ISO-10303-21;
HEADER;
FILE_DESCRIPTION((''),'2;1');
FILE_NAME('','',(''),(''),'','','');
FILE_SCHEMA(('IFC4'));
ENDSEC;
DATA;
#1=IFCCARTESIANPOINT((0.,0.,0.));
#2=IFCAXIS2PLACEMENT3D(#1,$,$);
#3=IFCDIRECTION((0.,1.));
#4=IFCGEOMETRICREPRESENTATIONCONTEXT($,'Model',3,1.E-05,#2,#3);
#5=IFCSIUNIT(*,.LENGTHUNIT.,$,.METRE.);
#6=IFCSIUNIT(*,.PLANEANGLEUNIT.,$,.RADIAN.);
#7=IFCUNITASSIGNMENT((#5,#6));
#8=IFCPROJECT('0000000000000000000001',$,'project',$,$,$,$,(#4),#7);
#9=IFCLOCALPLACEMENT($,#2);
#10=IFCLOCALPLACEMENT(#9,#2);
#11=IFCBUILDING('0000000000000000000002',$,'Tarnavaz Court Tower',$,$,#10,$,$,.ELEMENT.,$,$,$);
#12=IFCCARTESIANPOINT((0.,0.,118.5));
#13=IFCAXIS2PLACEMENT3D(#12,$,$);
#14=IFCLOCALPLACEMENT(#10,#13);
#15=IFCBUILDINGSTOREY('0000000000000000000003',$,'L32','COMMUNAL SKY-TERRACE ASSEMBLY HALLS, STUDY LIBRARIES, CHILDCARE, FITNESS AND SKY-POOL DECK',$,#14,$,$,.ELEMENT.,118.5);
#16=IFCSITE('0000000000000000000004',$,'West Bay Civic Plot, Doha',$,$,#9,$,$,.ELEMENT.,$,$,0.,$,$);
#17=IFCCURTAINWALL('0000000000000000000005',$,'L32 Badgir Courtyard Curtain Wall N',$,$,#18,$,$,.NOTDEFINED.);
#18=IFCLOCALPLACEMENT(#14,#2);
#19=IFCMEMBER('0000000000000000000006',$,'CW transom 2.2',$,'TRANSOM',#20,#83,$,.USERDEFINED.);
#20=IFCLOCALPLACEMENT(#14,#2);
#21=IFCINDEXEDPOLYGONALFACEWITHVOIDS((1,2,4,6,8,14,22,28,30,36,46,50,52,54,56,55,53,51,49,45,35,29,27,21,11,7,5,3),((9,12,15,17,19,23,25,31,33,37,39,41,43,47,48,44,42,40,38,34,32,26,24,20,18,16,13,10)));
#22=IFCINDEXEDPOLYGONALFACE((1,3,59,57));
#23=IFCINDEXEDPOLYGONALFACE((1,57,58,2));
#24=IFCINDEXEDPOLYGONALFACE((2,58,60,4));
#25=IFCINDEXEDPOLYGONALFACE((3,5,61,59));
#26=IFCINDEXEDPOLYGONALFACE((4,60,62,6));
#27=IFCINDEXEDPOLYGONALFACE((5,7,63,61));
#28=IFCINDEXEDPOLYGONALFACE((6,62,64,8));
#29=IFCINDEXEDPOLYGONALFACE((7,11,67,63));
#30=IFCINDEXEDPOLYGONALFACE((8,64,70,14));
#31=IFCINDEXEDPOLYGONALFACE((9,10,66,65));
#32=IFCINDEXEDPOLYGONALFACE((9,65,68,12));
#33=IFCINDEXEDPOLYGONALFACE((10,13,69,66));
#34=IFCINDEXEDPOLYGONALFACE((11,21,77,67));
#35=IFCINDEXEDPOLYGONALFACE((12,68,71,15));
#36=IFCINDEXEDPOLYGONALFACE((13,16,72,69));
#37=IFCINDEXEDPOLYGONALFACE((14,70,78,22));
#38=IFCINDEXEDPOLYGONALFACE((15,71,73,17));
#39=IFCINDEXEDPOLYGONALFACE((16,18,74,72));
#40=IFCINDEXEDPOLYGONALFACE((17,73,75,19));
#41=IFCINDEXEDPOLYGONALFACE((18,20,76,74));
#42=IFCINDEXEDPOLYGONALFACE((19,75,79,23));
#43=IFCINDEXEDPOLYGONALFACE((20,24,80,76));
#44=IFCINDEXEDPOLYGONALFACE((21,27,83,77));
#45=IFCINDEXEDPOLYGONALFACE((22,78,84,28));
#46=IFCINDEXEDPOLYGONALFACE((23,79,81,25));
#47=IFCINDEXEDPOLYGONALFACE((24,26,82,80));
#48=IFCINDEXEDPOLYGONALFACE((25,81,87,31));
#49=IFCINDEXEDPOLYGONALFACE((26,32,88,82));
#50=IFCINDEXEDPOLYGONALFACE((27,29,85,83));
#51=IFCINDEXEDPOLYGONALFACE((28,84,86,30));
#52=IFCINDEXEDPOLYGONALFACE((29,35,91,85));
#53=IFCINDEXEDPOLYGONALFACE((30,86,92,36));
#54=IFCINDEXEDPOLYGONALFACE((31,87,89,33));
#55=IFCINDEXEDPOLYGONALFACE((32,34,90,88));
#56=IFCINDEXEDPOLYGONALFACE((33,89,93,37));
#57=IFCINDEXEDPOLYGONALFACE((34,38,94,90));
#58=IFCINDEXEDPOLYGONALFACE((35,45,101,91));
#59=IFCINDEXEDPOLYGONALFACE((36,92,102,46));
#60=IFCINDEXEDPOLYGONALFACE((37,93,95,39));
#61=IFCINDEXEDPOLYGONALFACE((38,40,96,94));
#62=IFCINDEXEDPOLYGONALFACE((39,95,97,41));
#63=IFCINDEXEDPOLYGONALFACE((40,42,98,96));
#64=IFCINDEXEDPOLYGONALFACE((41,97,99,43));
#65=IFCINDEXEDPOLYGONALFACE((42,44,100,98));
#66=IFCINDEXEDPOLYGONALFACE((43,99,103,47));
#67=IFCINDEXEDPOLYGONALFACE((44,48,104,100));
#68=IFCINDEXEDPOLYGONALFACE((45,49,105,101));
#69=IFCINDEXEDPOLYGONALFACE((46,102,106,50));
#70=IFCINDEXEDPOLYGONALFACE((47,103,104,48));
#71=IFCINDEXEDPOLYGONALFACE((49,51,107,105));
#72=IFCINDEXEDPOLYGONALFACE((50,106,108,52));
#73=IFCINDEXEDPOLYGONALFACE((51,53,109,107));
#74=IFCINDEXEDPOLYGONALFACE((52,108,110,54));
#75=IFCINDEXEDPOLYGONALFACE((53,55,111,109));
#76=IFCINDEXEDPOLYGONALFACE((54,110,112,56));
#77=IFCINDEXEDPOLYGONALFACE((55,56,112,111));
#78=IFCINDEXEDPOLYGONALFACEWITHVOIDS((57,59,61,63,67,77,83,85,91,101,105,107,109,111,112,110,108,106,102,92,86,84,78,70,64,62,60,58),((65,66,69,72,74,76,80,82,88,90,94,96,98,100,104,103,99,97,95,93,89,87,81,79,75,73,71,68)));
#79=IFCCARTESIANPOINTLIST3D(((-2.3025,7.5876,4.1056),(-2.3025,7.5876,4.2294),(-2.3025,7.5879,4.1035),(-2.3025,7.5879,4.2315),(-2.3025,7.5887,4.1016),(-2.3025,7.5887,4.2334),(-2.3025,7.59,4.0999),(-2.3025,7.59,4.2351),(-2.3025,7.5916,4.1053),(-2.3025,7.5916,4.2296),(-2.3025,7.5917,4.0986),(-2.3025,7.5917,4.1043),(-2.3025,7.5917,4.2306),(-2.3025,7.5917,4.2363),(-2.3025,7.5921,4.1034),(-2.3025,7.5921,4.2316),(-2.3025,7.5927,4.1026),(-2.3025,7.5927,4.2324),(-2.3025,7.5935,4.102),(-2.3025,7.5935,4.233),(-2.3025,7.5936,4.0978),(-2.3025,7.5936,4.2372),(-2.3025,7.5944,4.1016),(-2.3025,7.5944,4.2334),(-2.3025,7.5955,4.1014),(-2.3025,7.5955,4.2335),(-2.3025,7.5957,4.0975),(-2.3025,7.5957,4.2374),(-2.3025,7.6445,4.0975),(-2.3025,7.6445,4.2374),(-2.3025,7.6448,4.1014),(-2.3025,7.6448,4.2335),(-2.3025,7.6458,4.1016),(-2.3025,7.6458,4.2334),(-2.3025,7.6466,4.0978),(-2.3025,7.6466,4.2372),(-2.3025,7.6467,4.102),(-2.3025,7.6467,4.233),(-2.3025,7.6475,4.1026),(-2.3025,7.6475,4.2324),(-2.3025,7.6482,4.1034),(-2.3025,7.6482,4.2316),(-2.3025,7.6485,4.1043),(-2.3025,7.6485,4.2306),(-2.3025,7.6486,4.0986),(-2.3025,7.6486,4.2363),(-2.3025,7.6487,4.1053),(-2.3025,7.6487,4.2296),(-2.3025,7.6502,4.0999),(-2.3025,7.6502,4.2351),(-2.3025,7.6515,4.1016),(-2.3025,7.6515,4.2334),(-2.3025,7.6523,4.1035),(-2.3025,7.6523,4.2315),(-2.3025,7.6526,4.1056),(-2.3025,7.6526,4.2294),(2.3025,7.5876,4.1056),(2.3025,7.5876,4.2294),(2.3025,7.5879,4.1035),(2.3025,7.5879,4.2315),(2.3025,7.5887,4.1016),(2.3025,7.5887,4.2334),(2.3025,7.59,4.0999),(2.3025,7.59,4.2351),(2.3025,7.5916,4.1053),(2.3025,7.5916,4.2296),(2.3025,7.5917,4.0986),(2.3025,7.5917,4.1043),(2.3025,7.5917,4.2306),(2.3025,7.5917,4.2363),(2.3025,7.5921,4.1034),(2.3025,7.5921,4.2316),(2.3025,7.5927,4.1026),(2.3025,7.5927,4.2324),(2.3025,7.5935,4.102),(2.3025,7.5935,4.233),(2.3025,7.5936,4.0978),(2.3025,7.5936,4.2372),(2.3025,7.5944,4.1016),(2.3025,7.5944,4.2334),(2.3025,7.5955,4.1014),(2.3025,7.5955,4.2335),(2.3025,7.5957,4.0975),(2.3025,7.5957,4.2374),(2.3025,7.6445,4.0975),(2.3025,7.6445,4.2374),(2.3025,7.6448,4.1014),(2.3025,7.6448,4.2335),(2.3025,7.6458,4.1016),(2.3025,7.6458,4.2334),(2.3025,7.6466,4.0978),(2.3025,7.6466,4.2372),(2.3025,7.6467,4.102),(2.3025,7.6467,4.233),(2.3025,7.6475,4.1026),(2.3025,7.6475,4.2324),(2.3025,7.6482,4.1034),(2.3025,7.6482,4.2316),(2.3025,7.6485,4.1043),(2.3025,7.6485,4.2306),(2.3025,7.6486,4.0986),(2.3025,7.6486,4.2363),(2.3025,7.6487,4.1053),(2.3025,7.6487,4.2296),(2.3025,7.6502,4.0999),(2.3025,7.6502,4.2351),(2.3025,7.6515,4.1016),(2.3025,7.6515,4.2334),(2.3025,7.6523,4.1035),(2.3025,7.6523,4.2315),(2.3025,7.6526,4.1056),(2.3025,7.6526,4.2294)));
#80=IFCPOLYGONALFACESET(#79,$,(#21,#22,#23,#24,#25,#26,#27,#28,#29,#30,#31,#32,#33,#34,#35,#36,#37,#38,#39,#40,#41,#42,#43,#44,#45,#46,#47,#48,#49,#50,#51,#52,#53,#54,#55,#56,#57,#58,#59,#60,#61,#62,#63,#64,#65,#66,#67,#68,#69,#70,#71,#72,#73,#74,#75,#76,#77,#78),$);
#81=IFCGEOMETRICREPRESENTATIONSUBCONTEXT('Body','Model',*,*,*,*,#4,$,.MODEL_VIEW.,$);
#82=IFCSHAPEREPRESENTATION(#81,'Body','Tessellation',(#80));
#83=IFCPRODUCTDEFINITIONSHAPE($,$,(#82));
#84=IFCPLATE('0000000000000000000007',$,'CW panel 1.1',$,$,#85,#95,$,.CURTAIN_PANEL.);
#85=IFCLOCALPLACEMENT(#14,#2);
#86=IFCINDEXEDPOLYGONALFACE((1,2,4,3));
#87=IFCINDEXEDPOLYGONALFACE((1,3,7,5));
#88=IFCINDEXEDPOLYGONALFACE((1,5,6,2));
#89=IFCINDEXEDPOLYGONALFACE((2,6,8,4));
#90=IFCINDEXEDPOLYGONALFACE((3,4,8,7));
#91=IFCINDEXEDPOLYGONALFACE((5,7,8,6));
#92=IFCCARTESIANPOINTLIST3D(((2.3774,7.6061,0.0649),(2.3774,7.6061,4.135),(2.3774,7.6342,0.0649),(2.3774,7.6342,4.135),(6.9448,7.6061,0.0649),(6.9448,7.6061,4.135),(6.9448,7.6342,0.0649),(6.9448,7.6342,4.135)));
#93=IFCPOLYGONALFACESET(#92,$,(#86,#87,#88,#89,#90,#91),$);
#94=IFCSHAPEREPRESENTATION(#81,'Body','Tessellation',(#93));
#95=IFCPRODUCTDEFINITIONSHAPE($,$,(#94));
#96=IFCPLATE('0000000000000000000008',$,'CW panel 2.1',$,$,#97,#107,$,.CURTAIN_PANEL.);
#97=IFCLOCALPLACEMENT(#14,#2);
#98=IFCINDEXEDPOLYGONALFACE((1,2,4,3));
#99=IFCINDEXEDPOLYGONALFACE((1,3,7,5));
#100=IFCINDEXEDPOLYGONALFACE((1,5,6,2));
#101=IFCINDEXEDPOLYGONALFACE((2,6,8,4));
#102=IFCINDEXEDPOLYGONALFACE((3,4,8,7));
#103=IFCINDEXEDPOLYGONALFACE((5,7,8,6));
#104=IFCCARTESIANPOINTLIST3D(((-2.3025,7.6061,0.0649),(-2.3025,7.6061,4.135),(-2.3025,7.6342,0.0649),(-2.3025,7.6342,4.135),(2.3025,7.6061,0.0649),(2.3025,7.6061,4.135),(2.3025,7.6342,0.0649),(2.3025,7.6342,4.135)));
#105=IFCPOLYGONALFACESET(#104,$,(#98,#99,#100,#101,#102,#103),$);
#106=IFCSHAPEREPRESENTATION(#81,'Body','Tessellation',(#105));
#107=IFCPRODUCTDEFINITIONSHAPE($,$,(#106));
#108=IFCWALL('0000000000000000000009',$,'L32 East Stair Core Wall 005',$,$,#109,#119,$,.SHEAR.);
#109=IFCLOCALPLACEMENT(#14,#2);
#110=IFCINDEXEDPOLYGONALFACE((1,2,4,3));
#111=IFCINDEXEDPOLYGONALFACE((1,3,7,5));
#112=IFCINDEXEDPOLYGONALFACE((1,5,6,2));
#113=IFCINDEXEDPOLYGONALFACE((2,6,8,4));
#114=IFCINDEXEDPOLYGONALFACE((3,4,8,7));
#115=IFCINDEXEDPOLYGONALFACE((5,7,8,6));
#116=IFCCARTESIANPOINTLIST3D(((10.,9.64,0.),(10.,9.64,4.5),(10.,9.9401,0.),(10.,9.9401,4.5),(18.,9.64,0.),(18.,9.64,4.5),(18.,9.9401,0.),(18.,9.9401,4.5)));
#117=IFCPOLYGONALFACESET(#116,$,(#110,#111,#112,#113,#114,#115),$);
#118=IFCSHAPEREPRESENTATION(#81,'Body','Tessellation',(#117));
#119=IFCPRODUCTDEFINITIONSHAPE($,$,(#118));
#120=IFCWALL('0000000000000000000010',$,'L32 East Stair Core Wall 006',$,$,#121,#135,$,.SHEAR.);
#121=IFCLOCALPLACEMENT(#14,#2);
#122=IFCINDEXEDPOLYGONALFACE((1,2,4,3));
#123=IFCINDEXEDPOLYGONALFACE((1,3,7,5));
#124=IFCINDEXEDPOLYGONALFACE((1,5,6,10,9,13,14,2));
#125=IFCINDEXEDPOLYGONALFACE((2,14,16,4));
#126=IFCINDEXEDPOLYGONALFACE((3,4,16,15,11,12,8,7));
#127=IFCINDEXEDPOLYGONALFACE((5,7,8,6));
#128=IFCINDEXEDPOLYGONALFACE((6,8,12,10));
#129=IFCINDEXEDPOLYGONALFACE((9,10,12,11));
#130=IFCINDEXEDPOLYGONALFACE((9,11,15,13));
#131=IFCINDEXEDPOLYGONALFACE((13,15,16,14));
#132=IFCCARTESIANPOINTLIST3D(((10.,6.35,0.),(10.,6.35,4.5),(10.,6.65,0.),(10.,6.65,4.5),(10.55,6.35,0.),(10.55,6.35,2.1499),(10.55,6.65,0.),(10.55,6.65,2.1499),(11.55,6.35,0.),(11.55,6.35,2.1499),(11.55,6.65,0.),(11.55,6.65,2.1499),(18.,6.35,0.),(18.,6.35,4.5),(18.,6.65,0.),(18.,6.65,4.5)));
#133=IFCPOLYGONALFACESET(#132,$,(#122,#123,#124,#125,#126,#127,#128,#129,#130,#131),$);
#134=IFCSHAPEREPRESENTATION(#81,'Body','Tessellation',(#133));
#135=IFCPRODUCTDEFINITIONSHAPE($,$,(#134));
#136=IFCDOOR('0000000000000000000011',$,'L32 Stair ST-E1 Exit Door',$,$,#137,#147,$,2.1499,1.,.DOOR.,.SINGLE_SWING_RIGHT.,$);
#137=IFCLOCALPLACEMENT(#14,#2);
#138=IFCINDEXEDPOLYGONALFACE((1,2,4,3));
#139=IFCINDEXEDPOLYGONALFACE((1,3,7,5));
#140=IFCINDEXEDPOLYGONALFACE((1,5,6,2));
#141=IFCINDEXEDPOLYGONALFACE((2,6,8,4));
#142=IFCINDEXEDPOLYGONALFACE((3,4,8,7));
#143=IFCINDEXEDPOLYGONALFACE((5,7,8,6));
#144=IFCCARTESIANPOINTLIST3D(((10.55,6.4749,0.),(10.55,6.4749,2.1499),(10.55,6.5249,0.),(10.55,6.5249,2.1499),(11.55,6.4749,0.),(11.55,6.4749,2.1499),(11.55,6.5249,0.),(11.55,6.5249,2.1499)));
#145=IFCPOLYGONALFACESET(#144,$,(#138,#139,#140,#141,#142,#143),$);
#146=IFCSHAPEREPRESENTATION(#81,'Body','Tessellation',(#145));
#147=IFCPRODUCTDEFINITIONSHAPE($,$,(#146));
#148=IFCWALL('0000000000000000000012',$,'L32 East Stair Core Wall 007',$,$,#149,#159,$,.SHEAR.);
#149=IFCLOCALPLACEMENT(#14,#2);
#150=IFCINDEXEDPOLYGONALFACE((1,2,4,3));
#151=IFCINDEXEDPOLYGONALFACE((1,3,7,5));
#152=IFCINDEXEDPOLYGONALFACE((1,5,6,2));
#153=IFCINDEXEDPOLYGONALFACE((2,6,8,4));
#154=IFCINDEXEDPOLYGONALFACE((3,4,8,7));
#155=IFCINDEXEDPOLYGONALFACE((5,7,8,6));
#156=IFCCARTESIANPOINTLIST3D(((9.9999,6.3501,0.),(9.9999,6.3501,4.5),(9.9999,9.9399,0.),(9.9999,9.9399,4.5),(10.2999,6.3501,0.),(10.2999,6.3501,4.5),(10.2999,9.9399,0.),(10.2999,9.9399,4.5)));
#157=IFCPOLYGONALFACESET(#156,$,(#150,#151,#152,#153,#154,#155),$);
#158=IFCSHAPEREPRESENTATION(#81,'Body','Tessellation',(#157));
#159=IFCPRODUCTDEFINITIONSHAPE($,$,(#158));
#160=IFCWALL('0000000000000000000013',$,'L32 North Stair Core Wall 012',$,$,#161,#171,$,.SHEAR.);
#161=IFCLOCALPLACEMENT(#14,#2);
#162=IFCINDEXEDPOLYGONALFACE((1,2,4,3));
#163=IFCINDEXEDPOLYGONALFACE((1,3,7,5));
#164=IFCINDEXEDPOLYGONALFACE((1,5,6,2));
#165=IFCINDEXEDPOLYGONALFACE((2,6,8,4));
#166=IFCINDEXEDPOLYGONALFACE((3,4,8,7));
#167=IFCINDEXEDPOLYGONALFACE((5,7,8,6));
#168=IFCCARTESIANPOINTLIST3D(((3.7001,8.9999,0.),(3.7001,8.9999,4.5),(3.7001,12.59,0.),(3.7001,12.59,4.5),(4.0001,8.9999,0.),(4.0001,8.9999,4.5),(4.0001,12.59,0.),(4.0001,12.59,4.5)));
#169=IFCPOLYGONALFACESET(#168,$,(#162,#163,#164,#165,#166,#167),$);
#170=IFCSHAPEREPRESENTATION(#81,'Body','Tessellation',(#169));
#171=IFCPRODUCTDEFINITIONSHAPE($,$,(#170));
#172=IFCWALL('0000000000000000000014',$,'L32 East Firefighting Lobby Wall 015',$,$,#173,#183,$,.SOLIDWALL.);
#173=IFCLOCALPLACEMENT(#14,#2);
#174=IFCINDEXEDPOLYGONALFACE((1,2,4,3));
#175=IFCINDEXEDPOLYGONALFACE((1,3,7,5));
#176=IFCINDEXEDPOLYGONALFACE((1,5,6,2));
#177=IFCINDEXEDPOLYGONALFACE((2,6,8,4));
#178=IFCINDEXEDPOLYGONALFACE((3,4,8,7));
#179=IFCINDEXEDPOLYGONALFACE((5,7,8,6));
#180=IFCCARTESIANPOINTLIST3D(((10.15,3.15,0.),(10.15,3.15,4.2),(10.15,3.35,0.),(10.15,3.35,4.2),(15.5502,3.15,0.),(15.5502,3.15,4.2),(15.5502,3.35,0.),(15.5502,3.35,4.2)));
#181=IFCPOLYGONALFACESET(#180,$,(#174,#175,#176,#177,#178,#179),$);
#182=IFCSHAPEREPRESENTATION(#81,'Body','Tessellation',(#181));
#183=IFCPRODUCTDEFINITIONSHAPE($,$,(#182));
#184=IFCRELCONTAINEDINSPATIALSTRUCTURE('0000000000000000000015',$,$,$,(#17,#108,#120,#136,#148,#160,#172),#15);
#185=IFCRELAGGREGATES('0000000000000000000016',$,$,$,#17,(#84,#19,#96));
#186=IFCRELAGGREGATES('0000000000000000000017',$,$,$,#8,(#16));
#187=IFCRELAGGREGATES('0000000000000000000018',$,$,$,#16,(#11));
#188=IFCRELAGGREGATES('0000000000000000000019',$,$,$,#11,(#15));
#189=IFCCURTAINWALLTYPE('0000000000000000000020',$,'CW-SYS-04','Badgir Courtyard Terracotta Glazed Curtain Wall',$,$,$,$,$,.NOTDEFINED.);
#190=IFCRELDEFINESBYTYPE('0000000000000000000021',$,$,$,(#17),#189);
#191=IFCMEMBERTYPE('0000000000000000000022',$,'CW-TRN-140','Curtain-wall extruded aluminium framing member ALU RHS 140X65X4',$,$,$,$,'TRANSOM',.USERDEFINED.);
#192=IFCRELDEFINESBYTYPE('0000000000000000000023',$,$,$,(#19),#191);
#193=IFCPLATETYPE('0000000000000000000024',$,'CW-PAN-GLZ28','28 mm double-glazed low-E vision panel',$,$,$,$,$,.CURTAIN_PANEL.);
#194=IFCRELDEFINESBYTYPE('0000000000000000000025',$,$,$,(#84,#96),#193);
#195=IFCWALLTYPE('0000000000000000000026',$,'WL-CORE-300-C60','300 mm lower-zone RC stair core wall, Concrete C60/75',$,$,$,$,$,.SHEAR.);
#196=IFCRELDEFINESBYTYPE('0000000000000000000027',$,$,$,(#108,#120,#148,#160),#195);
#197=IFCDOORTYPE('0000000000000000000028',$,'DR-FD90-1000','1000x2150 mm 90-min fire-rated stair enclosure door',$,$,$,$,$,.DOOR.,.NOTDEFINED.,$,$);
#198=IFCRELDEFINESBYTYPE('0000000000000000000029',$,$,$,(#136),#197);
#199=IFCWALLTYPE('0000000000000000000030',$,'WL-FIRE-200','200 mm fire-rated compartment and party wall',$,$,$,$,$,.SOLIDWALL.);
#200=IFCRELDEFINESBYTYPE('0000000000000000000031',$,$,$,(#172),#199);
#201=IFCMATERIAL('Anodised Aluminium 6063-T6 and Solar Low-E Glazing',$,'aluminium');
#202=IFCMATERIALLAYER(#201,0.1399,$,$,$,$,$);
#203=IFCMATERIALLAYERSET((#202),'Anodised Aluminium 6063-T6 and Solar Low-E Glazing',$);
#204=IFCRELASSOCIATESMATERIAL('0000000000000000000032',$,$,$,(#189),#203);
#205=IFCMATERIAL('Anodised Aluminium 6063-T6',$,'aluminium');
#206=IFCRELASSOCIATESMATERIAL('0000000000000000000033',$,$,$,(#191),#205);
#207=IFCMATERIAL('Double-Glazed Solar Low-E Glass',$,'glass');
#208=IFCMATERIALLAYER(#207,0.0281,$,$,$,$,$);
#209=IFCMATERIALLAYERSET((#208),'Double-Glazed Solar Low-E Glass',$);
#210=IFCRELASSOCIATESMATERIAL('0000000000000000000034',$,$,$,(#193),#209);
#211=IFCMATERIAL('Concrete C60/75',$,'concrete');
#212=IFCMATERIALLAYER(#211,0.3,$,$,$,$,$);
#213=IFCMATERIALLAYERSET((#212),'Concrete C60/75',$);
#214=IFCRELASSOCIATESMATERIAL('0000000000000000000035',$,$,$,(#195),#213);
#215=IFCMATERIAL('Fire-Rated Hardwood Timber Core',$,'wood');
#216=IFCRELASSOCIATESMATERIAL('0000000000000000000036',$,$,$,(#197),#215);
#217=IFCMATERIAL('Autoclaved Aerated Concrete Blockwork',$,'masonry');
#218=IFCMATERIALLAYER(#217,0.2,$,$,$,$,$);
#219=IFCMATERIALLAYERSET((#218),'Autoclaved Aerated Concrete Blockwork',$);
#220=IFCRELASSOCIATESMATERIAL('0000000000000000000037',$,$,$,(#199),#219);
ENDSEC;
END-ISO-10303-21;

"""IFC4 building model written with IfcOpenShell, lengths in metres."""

from ifc_helpers import new_model, si_unit, direction, frame, frame_2d, origin, origin_2d, place, context, subcontext, project, spatial, rectangle, hollow_rectangle, extrude, material, layer, layer_set, material_profile, profile_set, type_object, element, fill, aggregate, save


model = new_model("IFC4")

# Units and contexts
model_context = context("Model", 3, precision=1e-05, world=origin(), true_north=direction((0.0, 1.0)))
body_context = subcontext(model_context, "Body", "Model", "MODEL_VIEW")
ifc_project = project(units=[si_unit("LENGTHUNIT", "METRE"), si_unit("PLANEANGLEUNIT", "RADIAN")], contexts=[model_context])

# Site, building, storey
site_placement = place(None, origin())
site = spatial("IfcSite", under=ifc_project, at=site_placement, Name="West Bay Civic Plot, Doha", CompositionType="ELEMENT", RefElevation=0.0)
building_placement = place(site_placement, origin())
building = spatial("IfcBuilding", under=site, at=building_placement, Name="Tarnavaz Court Tower", CompositionType="ELEMENT")
storey_placement = place(building_placement, frame((0.0, 0.0, 118.5)))
storey = spatial("IfcBuildingStorey", under=building, at=storey_placement, Name="L32", Description="COMMUNAL SKY-TERRACE ASSEMBLY HALLS, STUDY LIBRARIES, CHILDCARE, FITNESS AND SKY-POOL DECK", CompositionType="ELEMENT", Elevation=118.5)

# Shared definitions
ifc_material_1 = material(Name="Concrete C60/75", Category="concrete")

# Curtain wall, member, plates
ifc_material_2 = material(Name="Anodised Aluminium 6063-T6 and Solar Low-E Glazing", Category="aluminium")
ifc_layer_1 = layer(ifc_material_2, 0.1399)
ifc_layer_set_1 = layer_set([ifc_layer_1], Name="Anodised Aluminium 6063-T6 and Solar Low-E Glazing")
curtain_wall_type = type_object("IfcCurtainWallType", Name="CW-SYS-04", Description="Badgir Courtyard Terracotta Glazed Curtain Wall", PredefinedType="NOTDEFINED", material=ifc_layer_set_1)
curtain_wall_placement = place(storey_placement, origin())
curtain_wall = element("IfcCurtainWall", 1, at=curtain_wall_placement, inside=storey, type_object=curtain_wall_type, Name="L32 Badgir Courtyard Curtain Wall N", PredefinedType="NOTDEFINED")
ifc_material_3 = material(Name="Anodised Aluminium 6063-T6", Category="aluminium")
ifc_material_profile_1 = material_profile(ifc_material_3, hollow_rectangle(XDim=0.0649, YDim=0.1399, WallThickness=0.0039, InnerFilletRadius=0.0039, OuterFilletRadius=0.0081, at=origin_2d()), Name="ALU RHS 140X65X4")
ifc_profile_set_1 = profile_set([ifc_material_profile_1], Name="Anodised Aluminium 6063-T6")
member_type_1 = type_object("IfcMemberType", Name="CW-TRN-140", Description="Curtain-wall extruded aluminium framing member ALU RHS 140X65X4", ElementType="TRANSOM", PredefinedType="USERDEFINED", material=ifc_profile_set_1)
member_1_placement = place(storey_placement, frame((2.3025, 7.6201, 4.1675), z_axis=(-1.0, 0.0, 0.0), x_axis=(0.0, -1.0, 0.0)))
member_1 = element("IfcMember", 2, at=member_1_placement, type_object=member_type_1, Name="CW transom 2.2", ObjectType="TRANSOM", PredefinedType="USERDEFINED", context=body_context, shape_type="SweptSolid", body=[
    extrude(hollow_rectangle(XDim=0.0649, YDim=0.1399, WallThickness=0.0039, InnerFilletRadius=0.0039, OuterFilletRadius=0.0081, at=origin_2d()), origin(), (0.0, 0.0, 1.0), 4.605),
])
ifc_material_4 = material(Name="Double-Glazed Solar Low-E Glass", Category="glass")
ifc_layer_2 = layer(ifc_material_4, 0.0281)
ifc_layer_set_2 = layer_set([ifc_layer_2], Name="Double-Glazed Solar Low-E Glass")
plate_type = type_object("IfcPlateType", Name="CW-PAN-GLZ28", Description="28 mm double-glazed low-E vision panel", PredefinedType="CURTAIN_PANEL", material=ifc_layer_set_2)
plate_1_placement = place(storey_placement, frame((4.6611, 7.6201, 0.0649), z_axis=(0.0, 0.0, 1.0), x_axis=(-1.0, 0.0, 0.0)))
plate_1 = element("IfcPlate", 3, at=plate_1_placement, type_object=plate_type, Name="CW panel 1.1", PredefinedType="CURTAIN_PANEL", context=body_context, shape_type="SweptSolid", body=[
    extrude(rectangle(XDim=4.5674, YDim=0.0281, at=origin_2d()), origin(), (0.0, 0.0, 1.0), 4.0701),
])
plate_2_placement = place(storey_placement, frame((0.0, 7.6201, 0.0649), z_axis=(0.0, 0.0, 1.0), x_axis=(-1.0, 0.0, 0.0)))
plate_2 = element("IfcPlate", 4, at=plate_2_placement, type_object=plate_type, Name="CW panel 2.1", PredefinedType="CURTAIN_PANEL", context=body_context, shape_type="SweptSolid", body=[
    extrude(rectangle(XDim=4.605, YDim=0.0281, at=origin_2d()), origin(), (0.0, 0.0, 1.0), 4.0701),
])
aggregate(curtain_wall, [plate_1, member_1, plate_2])

# Wall
ifc_layer_3 = layer(ifc_material_1, 0.3)
ifc_layer_set_3 = layer_set([ifc_layer_3], Name="Concrete C60/75")
wall_type_1 = type_object("IfcWallType", Name="WL-CORE-300-C60", Description="300 mm lower-zone RC stair core wall, Concrete C60/75", PredefinedType="SHEAR", material=ifc_layer_set_3)
wall_1_placement = place(storey_placement, frame((10.0, 9.79, 0.0), z_axis=(0.0, 0.0, 1.0), x_axis=(1.0, 0.0, 0.0)))
element("IfcWall", 5, at=wall_1_placement, inside=storey, type_object=wall_type_1, Name="L32 East Stair Core Wall 005", PredefinedType="SHEAR", context=body_context, shape_type="SweptSolid", body=[
    extrude(rectangle(XDim=8.0, YDim=0.3, at=frame_2d((4.0, 0.0))), origin(), (0.0, 0.0, 1.0), 4.5),
])

# Wall, opening, door
wall_2_placement = place(storey_placement, frame((10.0, 6.5, 0.0), z_axis=(0.0, 0.0, 1.0), x_axis=(1.0, 0.0, 0.0)))
wall_2 = element("IfcWall", 6, at=wall_2_placement, inside=storey, type_object=wall_type_1, Name="L32 East Stair Core Wall 006", PredefinedType="SHEAR", context=body_context, shape_type="SweptSolid", body=[
    extrude(rectangle(XDim=8.0, YDim=0.3, at=frame_2d((4.0, 0.0))), origin(), (0.0, 0.0, 1.0), 4.5),
])
opening_1_placement = place(wall_2_placement, frame((0.55, 0.0, 0.0)))
opening_1 = element("IfcOpeningElement", 7, at=opening_1_placement, cuts=wall_2, PredefinedType="OPENING", context=body_context, shape_type="SweptSolid", body=[
    extrude(rectangle(XDim=1.0, YDim=2.1499, at=frame_2d((0.5, 1.075))), frame((0.0, 0.1599, 0.0), z_axis=(0.0, -1.0, 0.0), x_axis=(1.0, 0.0, 0.0)), (0.0, 0.0, 1.0), 0.3201),
])
ifc_material_5 = material(Name="Fire-Rated Hardwood Timber Core", Category="wood")
door_type_1 = type_object("IfcDoorType", Name="DR-FD90-1000", Description="1000x2150 mm 90-min fire-rated stair enclosure door", OperationType="NOTDEFINED", PredefinedType="DOOR", material=ifc_material_5)
door_1_placement = place(opening_1_placement, origin())
door_1 = element("IfcDoor", 8, at=door_1_placement, inside=storey, type_object=door_type_1, Name="L32 Stair ST-E1 Exit Door", OperationType="SINGLE_SWING_RIGHT", OverallHeight=2.1499, OverallWidth=1.0, PredefinedType="DOOR", context=body_context, shape_type="SweptSolid", body=[
    extrude(rectangle(XDim=1.0, YDim=2.1499, at=frame_2d((0.5, 1.075))), frame((0.0, 0.0249, 0.0), z_axis=(0.0, -1.0, 0.0), x_axis=(1.0, 0.0, 0.0)), (0.0, 0.0, 1.0), 0.05),
])
fill(opening_1, door_1)

# Walls
wall_3_placement = place(storey_placement, frame((10.1499, 6.3501, 0.0), z_axis=(0.0, 0.0, 1.0), x_axis=(0.0, 1.0, 0.0)))
element("IfcWall", 9, at=wall_3_placement, inside=storey, type_object=wall_type_1, Name="L32 East Stair Core Wall 007", PredefinedType="SHEAR", context=body_context, shape_type="SweptSolid", body=[
    extrude(rectangle(XDim=3.5898, YDim=0.3, at=frame_2d((1.7949, 0.0))), origin(), (0.0, 0.0, 1.0), 4.5),
])
wall_4_placement = place(storey_placement, frame((3.8501, 9.0, 0.0), z_axis=(0.0, 0.0, 1.0), x_axis=(0.0, 1.0, 0.0)))
element("IfcWall", 10, at=wall_4_placement, inside=storey, type_object=wall_type_1, Name="L32 North Stair Core Wall 012", PredefinedType="SHEAR", context=body_context, shape_type="SweptSolid", body=[
    extrude(rectangle(XDim=3.5901, YDim=0.3, at=frame_2d((1.7949, 0.0))), origin(), (0.0, 0.0, 1.0), 4.5),
])
ifc_material_6 = material(Name="Autoclaved Aerated Concrete Blockwork", Category="masonry")
ifc_layer_4 = layer(ifc_material_6, 0.2)
ifc_layer_set_4 = layer_set([ifc_layer_4], Name="Autoclaved Aerated Concrete Blockwork")
wall_type_2 = type_object("IfcWallType", Name="WL-FIRE-200", Description="200 mm fire-rated compartment and party wall", PredefinedType="SOLIDWALL", material=ifc_layer_set_4)
wall_5_placement = place(storey_placement, frame((10.1499, 3.25, 0.0), z_axis=(0.0, 0.0, 1.0), x_axis=(1.0, 0.0, 0.0)))
element("IfcWall", 11, at=wall_5_placement, inside=storey, type_object=wall_type_2, Name="L32 East Firefighting Lobby Wall 015", PredefinedType="SOLIDWALL", context=body_context, shape_type="SweptSolid", body=[
    extrude(rectangle(XDim=5.4001, YDim=0.2, at=frame_2d((2.7002, 0.0))), origin(), (0.0, 0.0, 1.0), 4.2),
])

save(model, "model.ifc")
